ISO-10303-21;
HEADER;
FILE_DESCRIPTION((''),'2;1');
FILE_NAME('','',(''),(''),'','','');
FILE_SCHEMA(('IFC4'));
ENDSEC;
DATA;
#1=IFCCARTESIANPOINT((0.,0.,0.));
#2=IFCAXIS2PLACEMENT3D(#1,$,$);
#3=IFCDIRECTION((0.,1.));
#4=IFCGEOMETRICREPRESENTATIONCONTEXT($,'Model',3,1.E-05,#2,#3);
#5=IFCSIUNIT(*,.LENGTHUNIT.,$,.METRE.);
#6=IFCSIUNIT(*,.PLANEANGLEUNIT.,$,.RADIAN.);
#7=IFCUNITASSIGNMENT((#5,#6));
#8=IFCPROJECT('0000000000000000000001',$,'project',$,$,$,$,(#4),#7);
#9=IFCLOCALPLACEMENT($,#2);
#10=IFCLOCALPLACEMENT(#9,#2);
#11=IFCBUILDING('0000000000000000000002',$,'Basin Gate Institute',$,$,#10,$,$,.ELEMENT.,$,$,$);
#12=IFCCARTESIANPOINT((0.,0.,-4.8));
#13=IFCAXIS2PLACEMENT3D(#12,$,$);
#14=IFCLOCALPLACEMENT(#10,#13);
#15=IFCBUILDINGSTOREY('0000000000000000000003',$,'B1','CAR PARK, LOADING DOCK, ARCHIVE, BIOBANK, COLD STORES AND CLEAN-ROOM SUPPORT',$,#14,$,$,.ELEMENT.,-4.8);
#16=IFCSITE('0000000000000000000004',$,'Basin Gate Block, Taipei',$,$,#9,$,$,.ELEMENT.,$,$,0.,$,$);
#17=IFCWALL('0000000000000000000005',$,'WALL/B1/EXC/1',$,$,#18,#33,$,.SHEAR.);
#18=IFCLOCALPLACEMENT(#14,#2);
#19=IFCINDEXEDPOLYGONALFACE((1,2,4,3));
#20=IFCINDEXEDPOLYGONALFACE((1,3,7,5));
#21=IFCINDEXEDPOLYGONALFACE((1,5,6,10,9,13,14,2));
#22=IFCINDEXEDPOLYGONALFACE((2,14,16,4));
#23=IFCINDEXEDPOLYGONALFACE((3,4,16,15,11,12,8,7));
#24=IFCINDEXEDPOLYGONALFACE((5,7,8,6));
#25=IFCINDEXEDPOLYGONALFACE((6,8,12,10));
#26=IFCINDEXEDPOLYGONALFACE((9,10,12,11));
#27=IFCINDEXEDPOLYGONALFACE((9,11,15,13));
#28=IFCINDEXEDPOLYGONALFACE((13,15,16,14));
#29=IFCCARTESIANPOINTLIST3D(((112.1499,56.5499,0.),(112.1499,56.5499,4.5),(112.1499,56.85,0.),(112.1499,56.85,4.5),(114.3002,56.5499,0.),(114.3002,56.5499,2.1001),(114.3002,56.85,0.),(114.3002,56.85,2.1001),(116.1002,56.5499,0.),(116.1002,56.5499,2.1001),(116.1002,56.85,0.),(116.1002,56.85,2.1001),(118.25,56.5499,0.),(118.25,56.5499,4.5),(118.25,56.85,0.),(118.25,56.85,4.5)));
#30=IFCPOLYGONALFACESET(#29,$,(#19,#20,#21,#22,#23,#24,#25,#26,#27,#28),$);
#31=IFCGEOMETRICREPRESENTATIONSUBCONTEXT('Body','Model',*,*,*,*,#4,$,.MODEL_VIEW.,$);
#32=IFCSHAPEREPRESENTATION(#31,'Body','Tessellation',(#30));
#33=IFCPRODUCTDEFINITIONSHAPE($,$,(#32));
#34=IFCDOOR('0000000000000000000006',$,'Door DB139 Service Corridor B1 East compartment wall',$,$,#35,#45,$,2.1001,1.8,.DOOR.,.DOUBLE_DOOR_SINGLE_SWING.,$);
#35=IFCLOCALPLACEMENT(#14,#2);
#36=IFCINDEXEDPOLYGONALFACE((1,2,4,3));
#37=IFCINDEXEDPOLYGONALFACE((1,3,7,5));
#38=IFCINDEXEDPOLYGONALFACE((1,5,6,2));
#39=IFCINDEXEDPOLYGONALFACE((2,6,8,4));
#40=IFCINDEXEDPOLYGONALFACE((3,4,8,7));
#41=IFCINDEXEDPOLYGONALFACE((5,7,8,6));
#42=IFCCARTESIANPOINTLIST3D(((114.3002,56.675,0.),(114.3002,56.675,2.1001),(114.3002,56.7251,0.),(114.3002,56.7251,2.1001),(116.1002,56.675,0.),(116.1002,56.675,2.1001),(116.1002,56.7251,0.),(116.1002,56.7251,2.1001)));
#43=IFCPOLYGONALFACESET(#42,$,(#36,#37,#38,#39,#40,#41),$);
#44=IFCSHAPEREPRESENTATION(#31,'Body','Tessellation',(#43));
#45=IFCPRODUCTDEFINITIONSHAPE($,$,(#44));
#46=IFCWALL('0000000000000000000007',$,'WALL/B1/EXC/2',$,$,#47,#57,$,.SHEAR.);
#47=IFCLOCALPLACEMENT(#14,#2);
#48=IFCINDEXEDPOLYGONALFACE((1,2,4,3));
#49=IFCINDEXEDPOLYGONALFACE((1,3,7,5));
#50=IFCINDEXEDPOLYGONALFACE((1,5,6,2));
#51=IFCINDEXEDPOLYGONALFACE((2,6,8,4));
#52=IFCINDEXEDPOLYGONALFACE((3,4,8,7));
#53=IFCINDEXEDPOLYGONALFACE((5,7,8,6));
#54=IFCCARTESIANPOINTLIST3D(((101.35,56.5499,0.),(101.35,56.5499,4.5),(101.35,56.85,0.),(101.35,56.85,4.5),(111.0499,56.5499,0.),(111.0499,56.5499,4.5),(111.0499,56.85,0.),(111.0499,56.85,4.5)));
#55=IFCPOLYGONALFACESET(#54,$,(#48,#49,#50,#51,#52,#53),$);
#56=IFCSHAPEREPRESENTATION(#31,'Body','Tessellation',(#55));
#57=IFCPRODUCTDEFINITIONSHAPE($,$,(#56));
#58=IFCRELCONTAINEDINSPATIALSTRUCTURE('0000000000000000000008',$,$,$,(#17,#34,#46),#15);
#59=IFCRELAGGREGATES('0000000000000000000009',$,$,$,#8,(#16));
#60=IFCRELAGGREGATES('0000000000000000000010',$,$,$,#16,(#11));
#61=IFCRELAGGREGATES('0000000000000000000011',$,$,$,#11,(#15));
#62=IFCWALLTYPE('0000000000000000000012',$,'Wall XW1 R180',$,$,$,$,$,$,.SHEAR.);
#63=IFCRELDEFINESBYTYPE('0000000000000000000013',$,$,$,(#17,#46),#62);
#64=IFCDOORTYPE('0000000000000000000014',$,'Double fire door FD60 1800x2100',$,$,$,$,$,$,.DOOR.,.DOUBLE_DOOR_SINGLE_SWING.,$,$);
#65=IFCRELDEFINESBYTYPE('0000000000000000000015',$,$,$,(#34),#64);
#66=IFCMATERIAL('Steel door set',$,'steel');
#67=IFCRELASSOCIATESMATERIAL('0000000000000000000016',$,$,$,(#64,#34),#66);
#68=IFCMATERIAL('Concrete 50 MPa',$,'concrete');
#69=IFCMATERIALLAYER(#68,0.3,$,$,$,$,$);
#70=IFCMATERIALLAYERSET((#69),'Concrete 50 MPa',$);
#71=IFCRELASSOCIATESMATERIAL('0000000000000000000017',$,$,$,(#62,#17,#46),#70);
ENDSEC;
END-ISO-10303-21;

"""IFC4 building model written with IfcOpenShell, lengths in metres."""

from ifc_helpers import new_model, si_unit, direction, frame, frame_2d, origin, place, context, subcontext, project, spatial, rectangle, extrude, material, layer, layer_set, type_object, element, fill, save


model = new_model("IFC4")

# Units and contexts
model_context = context("Model", 3, precision=1e-05, world=origin(), true_north=direction((0.0, 1.0)))
body_context = subcontext(model_context, "Body", "Model", "MODEL_VIEW")
ifc_project = project(units=[si_unit("LENGTHUNIT", "METRE"), si_unit("PLANEANGLEUNIT", "RADIAN")], contexts=[model_context])

# Site, building, storey
site_placement = place(None, origin())
site = spatial("IfcSite", under=ifc_project, at=site_placement, Name="Basin Gate Block, Taipei", CompositionType="ELEMENT", RefElevation=0.0)
building_placement = place(site_placement, origin())
building = spatial("IfcBuilding", under=site, at=building_placement, Name="Basin Gate Institute", CompositionType="ELEMENT")
storey_placement = place(building_placement, frame((0.0, 0.0, -4.8)))
storey = spatial("IfcBuildingStorey", under=building, at=storey_placement, Name="B1", Description="CAR PARK, LOADING DOCK, ARCHIVE, BIOBANK, COLD STORES AND CLEAN-ROOM SUPPORT", CompositionType="ELEMENT", Elevation=-4.8)

# Shared definitions
ifc_material_1 = material(Name="Steel door set", Category="steel")
door_type_1 = type_object("IfcDoorType", Name="Double fire door FD60 1800x2100", OperationType="DOUBLE_DOOR_SINGLE_SWING", PredefinedType="DOOR", material=ifc_material_1)

# Wall, opening, door
ifc_material_2 = material(Name="Concrete 50 MPa", Category="concrete")
ifc_layer_1 = layer(ifc_material_2, 0.3)
ifc_layer_set_1 = layer_set([ifc_layer_1], Name="Concrete 50 MPa")
wall_type_1 = type_object("IfcWallType", Name="Wall XW1 R180", PredefinedType="SHEAR", material=ifc_layer_set_1)
wall_1_placement = place(storey_placement, frame((118.25, 56.7, 0.0), z_axis=(0.0, 0.0, 1.0), x_axis=(-1.0, 0.0, 0.0)))
wall_1 = element("IfcWall", 1, at=wall_1_placement, inside=storey, type_object=wall_type_1, material=ifc_layer_set_1, Name="WALL/B1/EXC/1", PredefinedType="SHEAR", context=body_context, shape_type="SweptSolid", body=[
    extrude(rectangle(XDim=6.1001, YDim=0.3, at=frame_2d((3.05, 0.0))), origin(), (0.0, 0.0, 1.0), 4.5),
])
opening_1_placement = place(wall_1_placement, frame((2.1499, 0.0, 0.0)))
opening_1 = element("IfcOpeningElement", 2, at=opening_1_placement, cuts=wall_1, PredefinedType="OPENING", context=body_context, shape_type="SweptSolid", body=[
    extrude(rectangle(XDim=1.8, YDim=2.1001, at=frame_2d((0.8999, 1.05))), frame((0.0, 0.1602, 0.0), z_axis=(0.0, -1.0, 0.0), x_axis=(1.0, 0.0, 0.0)), (0.0, 0.0, 1.0), 0.3201),
])
door_1_placement = place(opening_1_placement, origin())
door_1 = element("IfcDoor", 3, at=door_1_placement, inside=storey, type_object=door_type_1, material=ifc_material_1, Name="Door DB139 Service Corridor B1 East compartment wall", OperationType="DOUBLE_DOOR_SINGLE_SWING", OverallHeight=2.1001, OverallWidth=1.8, PredefinedType="DOOR", context=body_context, shape_type="SweptSolid", body=[
    extrude(rectangle(XDim=1.8, YDim=2.1001, at=frame_2d((0.8999, 1.05))), frame((0.0, 0.0249, 0.0), z_axis=(0.0, -1.0, 0.0), x_axis=(1.0, 0.0, 0.0)), (0.0, 0.0, 1.0), 0.05),
])
fill(opening_1, door_1)

# Wall
wall_2_placement = place(storey_placement, frame((111.05, 56.7, 0.0), z_axis=(0.0, 0.0, 1.0), x_axis=(-1.0, 0.0, 0.0)))
element("IfcWall", 4, at=wall_2_placement, inside=storey, type_object=wall_type_1, material=ifc_layer_set_1, Name="WALL/B1/EXC/2", PredefinedType="SHEAR", context=body_context, shape_type="SweptSolid", body=[
    extrude(rectangle(XDim=9.7, YDim=0.3, at=frame_2d((4.8501, 0.0))), origin(), (0.0, 0.0, 1.0), 4.5),
])

save(model, "model.ifc")
